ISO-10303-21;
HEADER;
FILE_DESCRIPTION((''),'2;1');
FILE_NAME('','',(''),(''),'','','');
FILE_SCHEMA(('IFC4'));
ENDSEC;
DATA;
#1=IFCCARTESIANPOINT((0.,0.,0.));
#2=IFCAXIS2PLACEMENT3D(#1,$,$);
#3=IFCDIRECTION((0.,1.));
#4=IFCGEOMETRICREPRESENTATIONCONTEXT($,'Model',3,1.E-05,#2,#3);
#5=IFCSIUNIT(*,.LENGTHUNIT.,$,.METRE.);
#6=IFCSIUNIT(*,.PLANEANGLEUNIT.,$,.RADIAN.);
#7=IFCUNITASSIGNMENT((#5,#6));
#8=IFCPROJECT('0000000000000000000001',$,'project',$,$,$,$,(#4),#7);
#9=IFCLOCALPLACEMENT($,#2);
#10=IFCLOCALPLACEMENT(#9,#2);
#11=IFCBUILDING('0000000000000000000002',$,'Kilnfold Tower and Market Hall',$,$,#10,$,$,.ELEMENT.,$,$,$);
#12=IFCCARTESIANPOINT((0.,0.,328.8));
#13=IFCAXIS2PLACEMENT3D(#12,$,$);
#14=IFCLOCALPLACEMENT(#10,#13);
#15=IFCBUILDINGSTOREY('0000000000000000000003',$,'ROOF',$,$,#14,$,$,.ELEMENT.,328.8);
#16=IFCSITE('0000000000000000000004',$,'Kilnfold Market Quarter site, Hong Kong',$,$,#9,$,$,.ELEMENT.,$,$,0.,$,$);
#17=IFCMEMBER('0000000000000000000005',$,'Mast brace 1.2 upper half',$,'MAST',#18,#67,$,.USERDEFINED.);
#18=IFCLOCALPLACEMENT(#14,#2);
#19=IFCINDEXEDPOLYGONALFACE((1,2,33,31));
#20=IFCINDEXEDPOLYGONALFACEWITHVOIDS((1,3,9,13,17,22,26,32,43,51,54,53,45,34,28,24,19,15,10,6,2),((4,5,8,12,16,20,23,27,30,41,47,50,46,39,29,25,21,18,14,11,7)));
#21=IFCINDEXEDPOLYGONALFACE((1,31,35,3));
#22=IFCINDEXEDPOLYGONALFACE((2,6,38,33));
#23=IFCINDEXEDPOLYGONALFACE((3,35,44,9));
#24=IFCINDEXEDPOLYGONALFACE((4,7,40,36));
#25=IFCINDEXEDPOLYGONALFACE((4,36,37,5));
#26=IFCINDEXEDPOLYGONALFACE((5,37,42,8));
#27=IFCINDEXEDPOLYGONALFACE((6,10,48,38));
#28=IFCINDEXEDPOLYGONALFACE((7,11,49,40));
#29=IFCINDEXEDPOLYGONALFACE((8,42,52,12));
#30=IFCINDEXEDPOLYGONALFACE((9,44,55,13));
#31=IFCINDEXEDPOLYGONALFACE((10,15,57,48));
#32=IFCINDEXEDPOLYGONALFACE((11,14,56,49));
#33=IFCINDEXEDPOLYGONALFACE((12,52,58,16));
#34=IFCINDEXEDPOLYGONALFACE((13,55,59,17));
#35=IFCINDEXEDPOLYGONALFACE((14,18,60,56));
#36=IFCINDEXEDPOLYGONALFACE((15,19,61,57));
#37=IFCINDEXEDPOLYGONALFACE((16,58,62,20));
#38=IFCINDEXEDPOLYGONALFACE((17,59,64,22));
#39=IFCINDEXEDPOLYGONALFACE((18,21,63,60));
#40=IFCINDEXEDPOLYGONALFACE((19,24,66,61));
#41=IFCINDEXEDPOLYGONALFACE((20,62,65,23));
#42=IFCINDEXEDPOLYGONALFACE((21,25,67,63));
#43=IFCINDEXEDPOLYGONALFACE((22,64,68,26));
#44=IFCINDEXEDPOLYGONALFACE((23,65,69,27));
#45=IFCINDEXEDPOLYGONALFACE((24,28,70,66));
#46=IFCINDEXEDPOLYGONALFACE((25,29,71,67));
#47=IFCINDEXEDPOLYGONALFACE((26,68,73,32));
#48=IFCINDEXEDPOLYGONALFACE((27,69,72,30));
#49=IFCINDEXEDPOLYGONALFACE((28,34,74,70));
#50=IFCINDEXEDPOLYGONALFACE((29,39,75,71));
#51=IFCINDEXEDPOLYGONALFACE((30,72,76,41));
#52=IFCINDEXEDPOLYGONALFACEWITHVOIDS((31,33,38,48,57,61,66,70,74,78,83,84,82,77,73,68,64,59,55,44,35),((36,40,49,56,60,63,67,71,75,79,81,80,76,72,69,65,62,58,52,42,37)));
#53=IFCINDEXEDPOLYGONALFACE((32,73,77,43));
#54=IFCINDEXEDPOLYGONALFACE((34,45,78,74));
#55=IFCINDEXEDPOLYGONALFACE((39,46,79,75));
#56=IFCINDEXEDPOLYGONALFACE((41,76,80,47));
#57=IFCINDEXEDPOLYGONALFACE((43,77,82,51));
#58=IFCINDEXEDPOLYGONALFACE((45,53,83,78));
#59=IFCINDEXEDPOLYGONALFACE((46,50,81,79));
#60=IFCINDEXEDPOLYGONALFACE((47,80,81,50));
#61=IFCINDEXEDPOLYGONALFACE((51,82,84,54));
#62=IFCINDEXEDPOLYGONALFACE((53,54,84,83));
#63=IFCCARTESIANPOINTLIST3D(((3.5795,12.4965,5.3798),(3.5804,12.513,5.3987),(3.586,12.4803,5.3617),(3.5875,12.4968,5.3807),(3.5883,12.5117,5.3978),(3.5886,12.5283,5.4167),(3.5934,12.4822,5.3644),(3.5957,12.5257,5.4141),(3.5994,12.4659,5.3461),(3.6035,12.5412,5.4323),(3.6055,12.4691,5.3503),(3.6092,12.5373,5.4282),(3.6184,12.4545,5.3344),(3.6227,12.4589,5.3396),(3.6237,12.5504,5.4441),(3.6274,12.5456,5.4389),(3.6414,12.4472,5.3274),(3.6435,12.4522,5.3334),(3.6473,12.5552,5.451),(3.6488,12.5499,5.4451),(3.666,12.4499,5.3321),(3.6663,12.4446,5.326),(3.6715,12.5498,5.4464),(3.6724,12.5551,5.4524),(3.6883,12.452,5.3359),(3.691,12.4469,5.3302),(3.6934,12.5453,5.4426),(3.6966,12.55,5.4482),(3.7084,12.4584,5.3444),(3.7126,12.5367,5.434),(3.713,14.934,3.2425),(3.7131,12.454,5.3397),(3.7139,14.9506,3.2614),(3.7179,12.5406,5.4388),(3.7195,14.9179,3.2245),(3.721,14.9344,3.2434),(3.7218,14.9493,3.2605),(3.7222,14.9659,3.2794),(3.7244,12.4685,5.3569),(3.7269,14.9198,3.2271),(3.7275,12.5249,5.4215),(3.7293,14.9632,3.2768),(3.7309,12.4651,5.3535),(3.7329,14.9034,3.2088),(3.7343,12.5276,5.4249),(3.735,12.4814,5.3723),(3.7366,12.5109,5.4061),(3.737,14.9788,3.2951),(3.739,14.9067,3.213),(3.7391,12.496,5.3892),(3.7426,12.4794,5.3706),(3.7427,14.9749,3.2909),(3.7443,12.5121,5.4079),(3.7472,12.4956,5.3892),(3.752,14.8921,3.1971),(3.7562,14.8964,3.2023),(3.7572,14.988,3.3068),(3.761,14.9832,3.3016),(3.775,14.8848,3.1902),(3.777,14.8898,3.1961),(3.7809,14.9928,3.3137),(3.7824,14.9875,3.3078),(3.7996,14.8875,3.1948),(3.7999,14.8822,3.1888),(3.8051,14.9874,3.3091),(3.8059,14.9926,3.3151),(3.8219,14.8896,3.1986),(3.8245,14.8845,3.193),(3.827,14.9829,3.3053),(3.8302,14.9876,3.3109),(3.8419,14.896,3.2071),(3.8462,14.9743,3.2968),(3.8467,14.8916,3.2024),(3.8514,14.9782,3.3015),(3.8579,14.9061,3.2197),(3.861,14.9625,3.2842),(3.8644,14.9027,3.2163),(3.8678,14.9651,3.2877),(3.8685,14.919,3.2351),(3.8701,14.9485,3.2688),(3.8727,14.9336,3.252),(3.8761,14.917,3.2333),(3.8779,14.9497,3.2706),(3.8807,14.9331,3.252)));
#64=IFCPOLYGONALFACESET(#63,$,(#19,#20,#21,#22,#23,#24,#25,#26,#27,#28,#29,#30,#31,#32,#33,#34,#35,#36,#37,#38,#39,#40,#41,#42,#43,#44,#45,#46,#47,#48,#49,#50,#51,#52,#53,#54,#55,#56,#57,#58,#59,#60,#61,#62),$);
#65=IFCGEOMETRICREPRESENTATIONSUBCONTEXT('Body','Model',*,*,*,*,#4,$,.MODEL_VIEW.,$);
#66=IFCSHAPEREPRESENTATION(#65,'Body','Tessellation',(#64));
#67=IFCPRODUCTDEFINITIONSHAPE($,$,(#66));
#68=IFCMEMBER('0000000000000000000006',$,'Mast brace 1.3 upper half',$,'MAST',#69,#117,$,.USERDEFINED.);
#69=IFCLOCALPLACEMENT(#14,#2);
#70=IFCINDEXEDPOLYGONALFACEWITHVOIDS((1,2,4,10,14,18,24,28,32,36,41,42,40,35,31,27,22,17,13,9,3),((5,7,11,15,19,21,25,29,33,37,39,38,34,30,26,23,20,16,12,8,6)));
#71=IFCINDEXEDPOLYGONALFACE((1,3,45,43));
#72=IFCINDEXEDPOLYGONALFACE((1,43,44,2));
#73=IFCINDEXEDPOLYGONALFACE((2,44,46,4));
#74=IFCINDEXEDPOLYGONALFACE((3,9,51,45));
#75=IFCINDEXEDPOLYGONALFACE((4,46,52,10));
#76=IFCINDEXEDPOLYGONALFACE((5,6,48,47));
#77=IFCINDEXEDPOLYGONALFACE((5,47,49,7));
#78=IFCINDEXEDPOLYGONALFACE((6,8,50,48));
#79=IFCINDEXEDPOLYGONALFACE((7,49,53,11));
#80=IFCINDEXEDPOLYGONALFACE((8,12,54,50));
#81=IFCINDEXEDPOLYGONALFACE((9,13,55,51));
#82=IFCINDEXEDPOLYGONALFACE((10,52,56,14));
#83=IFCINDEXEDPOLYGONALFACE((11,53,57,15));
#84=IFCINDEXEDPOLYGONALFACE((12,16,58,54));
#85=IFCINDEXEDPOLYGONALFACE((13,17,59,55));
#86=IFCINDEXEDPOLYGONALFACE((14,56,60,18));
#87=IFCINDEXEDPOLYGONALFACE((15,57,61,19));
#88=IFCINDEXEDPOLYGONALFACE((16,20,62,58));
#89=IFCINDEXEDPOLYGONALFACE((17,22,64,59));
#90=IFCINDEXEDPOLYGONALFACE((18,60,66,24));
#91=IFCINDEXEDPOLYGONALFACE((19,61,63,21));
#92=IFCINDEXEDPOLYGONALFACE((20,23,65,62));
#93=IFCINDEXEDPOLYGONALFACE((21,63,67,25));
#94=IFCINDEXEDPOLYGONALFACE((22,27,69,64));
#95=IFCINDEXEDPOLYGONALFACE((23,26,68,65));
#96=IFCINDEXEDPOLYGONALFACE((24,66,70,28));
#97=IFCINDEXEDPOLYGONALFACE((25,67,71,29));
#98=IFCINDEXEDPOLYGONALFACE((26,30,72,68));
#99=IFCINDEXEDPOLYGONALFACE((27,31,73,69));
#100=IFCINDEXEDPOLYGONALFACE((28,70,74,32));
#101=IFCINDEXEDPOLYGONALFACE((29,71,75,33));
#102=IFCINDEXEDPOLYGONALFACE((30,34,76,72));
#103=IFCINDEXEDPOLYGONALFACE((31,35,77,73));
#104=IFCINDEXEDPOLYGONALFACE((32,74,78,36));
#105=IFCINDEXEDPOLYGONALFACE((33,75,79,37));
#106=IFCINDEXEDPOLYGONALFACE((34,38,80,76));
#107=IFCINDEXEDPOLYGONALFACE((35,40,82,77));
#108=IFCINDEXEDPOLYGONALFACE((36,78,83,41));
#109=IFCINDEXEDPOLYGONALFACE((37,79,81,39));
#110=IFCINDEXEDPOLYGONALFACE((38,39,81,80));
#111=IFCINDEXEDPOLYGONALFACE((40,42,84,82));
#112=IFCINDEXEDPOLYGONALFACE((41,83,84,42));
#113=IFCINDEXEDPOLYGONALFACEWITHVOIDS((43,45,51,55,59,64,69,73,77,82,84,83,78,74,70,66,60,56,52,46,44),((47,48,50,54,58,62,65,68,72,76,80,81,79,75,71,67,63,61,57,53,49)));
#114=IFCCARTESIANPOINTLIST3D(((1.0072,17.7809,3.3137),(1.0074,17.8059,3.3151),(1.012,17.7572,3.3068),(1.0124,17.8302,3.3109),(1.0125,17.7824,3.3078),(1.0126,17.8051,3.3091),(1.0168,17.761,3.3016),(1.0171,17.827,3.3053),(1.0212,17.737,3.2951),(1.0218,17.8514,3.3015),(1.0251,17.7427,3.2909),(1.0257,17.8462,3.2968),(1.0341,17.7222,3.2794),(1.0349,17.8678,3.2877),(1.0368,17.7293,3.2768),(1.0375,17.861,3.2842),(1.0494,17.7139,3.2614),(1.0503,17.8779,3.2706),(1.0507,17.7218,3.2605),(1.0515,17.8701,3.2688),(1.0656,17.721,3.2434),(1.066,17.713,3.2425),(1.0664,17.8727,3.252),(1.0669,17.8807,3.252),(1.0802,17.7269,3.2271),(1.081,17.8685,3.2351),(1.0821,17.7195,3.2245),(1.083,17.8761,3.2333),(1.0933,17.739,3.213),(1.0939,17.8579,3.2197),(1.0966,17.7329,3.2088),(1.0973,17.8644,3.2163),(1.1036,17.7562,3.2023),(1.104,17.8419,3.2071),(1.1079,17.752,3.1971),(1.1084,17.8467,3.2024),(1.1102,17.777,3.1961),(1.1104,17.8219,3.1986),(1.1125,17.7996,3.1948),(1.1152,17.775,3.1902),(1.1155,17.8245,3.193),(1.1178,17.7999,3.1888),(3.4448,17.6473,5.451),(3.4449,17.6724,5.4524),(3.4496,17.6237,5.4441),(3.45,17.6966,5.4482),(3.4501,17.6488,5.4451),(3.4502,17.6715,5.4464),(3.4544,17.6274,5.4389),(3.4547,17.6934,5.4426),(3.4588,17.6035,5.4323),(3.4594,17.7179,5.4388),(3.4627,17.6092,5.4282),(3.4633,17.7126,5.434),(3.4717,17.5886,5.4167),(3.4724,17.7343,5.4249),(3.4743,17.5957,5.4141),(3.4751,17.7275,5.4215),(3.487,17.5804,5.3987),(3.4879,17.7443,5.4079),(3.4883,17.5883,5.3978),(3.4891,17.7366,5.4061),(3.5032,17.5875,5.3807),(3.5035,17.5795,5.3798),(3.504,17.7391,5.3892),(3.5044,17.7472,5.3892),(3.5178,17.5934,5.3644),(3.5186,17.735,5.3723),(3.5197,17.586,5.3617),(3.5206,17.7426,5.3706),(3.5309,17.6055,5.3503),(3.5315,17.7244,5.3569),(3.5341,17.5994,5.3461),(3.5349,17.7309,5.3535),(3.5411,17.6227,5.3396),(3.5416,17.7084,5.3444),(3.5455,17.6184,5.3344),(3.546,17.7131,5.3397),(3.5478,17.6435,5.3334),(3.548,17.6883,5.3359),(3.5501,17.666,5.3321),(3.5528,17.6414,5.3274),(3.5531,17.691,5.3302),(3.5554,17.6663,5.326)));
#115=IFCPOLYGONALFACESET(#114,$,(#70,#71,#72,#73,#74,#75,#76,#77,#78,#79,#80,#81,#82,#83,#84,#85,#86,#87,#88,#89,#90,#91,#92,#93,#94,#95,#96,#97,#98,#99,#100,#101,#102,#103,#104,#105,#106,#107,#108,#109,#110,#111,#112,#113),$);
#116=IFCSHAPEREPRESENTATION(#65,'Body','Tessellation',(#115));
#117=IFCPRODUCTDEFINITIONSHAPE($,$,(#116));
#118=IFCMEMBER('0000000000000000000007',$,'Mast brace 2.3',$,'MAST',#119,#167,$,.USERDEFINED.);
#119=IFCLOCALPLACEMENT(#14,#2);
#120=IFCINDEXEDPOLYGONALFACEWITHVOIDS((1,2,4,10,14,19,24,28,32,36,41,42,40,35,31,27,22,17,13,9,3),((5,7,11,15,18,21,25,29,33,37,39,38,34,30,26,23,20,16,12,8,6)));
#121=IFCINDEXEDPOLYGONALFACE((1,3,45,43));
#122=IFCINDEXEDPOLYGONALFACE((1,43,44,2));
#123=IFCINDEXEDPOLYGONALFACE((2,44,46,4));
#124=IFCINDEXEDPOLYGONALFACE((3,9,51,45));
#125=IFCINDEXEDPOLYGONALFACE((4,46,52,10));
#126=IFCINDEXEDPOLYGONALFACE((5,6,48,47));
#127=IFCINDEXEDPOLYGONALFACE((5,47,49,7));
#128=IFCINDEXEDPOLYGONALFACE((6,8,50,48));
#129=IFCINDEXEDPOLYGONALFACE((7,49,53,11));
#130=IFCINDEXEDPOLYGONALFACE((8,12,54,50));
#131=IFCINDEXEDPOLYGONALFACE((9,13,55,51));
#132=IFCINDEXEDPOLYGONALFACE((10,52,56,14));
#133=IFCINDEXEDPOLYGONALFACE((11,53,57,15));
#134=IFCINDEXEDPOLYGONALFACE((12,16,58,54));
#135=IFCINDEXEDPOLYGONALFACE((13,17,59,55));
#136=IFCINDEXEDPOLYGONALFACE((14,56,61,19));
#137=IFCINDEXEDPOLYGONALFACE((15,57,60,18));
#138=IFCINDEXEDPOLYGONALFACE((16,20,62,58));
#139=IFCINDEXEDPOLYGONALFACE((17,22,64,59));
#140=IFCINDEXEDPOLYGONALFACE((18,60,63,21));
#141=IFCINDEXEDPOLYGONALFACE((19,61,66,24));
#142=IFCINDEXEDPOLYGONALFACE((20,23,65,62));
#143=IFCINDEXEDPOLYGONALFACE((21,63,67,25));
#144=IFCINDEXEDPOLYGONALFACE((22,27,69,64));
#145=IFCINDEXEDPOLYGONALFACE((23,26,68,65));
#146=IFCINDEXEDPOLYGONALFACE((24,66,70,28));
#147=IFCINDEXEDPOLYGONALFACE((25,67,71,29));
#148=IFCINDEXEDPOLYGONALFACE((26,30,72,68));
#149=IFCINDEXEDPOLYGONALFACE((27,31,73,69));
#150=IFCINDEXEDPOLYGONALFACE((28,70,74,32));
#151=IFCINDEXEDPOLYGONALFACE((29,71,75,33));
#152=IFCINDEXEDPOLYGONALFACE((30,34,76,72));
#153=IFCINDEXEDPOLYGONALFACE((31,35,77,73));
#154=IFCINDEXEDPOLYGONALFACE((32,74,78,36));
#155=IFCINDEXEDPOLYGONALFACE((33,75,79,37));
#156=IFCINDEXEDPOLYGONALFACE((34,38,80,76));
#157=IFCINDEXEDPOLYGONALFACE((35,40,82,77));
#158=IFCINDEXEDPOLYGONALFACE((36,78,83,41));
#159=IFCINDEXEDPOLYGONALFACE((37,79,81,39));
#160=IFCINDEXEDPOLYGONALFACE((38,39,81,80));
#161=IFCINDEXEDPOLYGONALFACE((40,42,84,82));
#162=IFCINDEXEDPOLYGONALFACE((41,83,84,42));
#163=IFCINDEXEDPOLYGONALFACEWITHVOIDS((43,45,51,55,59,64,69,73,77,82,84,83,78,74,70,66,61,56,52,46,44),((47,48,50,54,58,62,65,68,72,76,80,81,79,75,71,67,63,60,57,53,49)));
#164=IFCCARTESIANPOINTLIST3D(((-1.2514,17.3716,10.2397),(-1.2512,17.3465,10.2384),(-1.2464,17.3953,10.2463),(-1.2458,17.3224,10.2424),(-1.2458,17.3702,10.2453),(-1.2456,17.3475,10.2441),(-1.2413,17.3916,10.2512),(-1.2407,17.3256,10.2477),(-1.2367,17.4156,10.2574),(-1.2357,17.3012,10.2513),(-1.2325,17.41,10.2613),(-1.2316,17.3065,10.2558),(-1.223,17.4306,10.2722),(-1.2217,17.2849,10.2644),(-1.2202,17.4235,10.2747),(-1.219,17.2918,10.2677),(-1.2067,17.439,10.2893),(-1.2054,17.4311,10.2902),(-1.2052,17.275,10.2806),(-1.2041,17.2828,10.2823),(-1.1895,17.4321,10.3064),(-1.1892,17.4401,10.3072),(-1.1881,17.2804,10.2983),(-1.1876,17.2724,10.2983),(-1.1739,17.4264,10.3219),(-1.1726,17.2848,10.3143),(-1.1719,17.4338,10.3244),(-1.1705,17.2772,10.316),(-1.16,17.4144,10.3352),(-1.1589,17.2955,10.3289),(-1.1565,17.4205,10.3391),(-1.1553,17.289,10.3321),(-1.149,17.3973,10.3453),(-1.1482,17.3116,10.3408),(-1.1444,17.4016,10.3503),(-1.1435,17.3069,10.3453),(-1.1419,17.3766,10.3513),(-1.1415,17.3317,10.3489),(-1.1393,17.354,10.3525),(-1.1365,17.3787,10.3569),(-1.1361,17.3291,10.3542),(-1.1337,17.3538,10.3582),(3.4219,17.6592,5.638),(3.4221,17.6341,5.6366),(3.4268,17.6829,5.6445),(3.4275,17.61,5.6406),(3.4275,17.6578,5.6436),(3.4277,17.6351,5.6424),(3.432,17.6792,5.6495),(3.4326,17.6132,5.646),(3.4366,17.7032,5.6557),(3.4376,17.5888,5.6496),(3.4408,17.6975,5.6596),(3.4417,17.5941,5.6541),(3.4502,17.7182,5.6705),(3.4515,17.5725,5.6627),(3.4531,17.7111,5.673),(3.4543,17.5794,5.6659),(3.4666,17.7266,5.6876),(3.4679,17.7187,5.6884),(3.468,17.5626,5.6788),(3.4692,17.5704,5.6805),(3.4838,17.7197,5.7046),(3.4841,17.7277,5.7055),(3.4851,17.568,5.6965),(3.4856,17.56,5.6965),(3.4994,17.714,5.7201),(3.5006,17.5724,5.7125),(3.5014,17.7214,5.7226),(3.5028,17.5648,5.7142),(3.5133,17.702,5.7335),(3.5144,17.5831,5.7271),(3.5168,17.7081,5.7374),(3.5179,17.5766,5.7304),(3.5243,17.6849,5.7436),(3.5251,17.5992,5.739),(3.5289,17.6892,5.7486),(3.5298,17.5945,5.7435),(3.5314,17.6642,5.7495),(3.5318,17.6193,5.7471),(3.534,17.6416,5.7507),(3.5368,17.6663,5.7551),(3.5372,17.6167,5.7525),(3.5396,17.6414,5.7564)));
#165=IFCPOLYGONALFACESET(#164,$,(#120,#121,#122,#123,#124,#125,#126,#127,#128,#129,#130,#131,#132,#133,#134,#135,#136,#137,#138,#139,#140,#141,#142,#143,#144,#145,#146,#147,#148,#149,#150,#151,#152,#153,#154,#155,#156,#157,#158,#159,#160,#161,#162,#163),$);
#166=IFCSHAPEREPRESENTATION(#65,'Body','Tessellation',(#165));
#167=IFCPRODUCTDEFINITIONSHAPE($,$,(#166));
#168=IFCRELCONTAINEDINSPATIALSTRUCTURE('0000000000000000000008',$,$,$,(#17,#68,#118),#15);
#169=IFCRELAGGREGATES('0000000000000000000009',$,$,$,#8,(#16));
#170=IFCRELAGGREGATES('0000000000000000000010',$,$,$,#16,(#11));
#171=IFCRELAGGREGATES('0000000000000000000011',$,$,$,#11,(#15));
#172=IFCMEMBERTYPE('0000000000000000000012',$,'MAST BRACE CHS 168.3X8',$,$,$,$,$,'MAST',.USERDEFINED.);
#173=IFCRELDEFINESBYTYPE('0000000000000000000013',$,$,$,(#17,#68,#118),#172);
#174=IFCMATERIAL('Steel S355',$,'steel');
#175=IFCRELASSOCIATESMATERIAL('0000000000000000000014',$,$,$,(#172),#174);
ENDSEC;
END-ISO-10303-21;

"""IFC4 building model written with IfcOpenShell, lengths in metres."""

from ifc_helpers import new_model, si_unit, direction, frame, origin, origin_2d, place, context, subcontext, project, spatial, hollow_circle, extrude, source, transform, mapped, material, material_profile, profile_set, type_object, element, save


model = new_model("IFC4")

# Units and contexts
model_context = context("Model", 3, precision=1e-05, world=origin(), true_north=direction((0.0, 1.0)))
body_context = subcontext(model_context, "Body", "Model", "MODEL_VIEW")
ifc_project = project(units=[si_unit("LENGTHUNIT", "METRE"), si_unit("PLANEANGLEUNIT", "RADIAN")], contexts=[model_context])

# Site, building, storey
site_placement = place(None, origin())
site = spatial("IfcSite", under=ifc_project, at=site_placement, Name="Kilnfold Market Quarter site, Hong Kong", CompositionType="ELEMENT", RefElevation=0.0)
building_placement = place(site_placement, origin())
building = spatial("IfcBuilding", under=site, at=building_placement, Name="Kilnfold Tower and Market Hall", CompositionType="ELEMENT")
storey_placement = place(building_placement, frame((0.0, 0.0, 328.8)))
storey = spatial("IfcBuildingStorey", under=building, at=storey_placement, Name="ROOF", CompositionType="ELEMENT", Elevation=328.8)

# Members
ifc_material_1 = material(Name="Steel S355", Category="steel")
ifc_material_profile_1 = material_profile(ifc_material_1, hollow_circle(Radius=0.0842, WallThickness=0.0081, at=origin_2d()), Name="CHS 168.3x8")
ifc_profile_set_1 = profile_set([ifc_material_profile_1], Name="Steel S355")
member_type_1 = type_object("IfcMemberType", Name="MAST BRACE CHS 168.3X8", ElementType="MAST", PredefinedType="USERDEFINED", material=ifc_profile_set_1)
shared_shape_1 = source(origin(), body_context, "Body", "SweptSolid", [
    extrude(hollow_circle(Radius=0.0842, WallThickness=0.0081, at=origin_2d()), origin(), (0.0, 0.0, 1.0), 3.2446),
])
for number, where, z_axis, x_axis, name in (
    (1, (3.7966, 14.9377, 3.252), (-0.04116, -0.751267, 0.658713), (0.998503, -0.054706, 0.0), "Mast brace 1.2 upper half"),
    (2, (1.0623, 17.7966, 3.252), (0.751267, -0.04116, 0.658713), (0.054706, 0.998503, 0.0), "Mast brace 1.3 upper half"),
):
    element("IfcMember", number, at=place(storey_placement, frame(where, z_axis=z_axis, x_axis=x_axis)), inside=storey, type_object=member_type_1, Name=name, ObjectType="MAST", PredefinedType="USERDEFINED", context=body_context, shape_type="MappedRepresentation", body=[
        mapped(shared_shape_1, transform((0.0, 0.0, 0.0))),
    ])
shared_shape_2 = source(origin(), body_context, "Body", "SweptSolid", [
    extrude(hollow_circle(Radius=0.0842, WallThickness=0.0081, at=origin_2d()), origin(), (0.0, 0.0, 1.0), 6.5649),
])
member_1_placement = place(storey_placement, frame((3.4805, 17.644, 5.6965), z_axis=(-0.711855, -0.043808, 0.700959), x_axis=(0.061424, -0.998112, 0.0)))
element("IfcMember", 3, at=member_1_placement, inside=storey, type_object=member_type_1, Name="Mast brace 2.3", ObjectType="MAST", PredefinedType="USERDEFINED", context=body_context, shape_type="MappedRepresentation", body=[
    mapped(shared_shape_2, transform((0.0, 0.0, 0.0))),
])

save(model, "model.ifc")
